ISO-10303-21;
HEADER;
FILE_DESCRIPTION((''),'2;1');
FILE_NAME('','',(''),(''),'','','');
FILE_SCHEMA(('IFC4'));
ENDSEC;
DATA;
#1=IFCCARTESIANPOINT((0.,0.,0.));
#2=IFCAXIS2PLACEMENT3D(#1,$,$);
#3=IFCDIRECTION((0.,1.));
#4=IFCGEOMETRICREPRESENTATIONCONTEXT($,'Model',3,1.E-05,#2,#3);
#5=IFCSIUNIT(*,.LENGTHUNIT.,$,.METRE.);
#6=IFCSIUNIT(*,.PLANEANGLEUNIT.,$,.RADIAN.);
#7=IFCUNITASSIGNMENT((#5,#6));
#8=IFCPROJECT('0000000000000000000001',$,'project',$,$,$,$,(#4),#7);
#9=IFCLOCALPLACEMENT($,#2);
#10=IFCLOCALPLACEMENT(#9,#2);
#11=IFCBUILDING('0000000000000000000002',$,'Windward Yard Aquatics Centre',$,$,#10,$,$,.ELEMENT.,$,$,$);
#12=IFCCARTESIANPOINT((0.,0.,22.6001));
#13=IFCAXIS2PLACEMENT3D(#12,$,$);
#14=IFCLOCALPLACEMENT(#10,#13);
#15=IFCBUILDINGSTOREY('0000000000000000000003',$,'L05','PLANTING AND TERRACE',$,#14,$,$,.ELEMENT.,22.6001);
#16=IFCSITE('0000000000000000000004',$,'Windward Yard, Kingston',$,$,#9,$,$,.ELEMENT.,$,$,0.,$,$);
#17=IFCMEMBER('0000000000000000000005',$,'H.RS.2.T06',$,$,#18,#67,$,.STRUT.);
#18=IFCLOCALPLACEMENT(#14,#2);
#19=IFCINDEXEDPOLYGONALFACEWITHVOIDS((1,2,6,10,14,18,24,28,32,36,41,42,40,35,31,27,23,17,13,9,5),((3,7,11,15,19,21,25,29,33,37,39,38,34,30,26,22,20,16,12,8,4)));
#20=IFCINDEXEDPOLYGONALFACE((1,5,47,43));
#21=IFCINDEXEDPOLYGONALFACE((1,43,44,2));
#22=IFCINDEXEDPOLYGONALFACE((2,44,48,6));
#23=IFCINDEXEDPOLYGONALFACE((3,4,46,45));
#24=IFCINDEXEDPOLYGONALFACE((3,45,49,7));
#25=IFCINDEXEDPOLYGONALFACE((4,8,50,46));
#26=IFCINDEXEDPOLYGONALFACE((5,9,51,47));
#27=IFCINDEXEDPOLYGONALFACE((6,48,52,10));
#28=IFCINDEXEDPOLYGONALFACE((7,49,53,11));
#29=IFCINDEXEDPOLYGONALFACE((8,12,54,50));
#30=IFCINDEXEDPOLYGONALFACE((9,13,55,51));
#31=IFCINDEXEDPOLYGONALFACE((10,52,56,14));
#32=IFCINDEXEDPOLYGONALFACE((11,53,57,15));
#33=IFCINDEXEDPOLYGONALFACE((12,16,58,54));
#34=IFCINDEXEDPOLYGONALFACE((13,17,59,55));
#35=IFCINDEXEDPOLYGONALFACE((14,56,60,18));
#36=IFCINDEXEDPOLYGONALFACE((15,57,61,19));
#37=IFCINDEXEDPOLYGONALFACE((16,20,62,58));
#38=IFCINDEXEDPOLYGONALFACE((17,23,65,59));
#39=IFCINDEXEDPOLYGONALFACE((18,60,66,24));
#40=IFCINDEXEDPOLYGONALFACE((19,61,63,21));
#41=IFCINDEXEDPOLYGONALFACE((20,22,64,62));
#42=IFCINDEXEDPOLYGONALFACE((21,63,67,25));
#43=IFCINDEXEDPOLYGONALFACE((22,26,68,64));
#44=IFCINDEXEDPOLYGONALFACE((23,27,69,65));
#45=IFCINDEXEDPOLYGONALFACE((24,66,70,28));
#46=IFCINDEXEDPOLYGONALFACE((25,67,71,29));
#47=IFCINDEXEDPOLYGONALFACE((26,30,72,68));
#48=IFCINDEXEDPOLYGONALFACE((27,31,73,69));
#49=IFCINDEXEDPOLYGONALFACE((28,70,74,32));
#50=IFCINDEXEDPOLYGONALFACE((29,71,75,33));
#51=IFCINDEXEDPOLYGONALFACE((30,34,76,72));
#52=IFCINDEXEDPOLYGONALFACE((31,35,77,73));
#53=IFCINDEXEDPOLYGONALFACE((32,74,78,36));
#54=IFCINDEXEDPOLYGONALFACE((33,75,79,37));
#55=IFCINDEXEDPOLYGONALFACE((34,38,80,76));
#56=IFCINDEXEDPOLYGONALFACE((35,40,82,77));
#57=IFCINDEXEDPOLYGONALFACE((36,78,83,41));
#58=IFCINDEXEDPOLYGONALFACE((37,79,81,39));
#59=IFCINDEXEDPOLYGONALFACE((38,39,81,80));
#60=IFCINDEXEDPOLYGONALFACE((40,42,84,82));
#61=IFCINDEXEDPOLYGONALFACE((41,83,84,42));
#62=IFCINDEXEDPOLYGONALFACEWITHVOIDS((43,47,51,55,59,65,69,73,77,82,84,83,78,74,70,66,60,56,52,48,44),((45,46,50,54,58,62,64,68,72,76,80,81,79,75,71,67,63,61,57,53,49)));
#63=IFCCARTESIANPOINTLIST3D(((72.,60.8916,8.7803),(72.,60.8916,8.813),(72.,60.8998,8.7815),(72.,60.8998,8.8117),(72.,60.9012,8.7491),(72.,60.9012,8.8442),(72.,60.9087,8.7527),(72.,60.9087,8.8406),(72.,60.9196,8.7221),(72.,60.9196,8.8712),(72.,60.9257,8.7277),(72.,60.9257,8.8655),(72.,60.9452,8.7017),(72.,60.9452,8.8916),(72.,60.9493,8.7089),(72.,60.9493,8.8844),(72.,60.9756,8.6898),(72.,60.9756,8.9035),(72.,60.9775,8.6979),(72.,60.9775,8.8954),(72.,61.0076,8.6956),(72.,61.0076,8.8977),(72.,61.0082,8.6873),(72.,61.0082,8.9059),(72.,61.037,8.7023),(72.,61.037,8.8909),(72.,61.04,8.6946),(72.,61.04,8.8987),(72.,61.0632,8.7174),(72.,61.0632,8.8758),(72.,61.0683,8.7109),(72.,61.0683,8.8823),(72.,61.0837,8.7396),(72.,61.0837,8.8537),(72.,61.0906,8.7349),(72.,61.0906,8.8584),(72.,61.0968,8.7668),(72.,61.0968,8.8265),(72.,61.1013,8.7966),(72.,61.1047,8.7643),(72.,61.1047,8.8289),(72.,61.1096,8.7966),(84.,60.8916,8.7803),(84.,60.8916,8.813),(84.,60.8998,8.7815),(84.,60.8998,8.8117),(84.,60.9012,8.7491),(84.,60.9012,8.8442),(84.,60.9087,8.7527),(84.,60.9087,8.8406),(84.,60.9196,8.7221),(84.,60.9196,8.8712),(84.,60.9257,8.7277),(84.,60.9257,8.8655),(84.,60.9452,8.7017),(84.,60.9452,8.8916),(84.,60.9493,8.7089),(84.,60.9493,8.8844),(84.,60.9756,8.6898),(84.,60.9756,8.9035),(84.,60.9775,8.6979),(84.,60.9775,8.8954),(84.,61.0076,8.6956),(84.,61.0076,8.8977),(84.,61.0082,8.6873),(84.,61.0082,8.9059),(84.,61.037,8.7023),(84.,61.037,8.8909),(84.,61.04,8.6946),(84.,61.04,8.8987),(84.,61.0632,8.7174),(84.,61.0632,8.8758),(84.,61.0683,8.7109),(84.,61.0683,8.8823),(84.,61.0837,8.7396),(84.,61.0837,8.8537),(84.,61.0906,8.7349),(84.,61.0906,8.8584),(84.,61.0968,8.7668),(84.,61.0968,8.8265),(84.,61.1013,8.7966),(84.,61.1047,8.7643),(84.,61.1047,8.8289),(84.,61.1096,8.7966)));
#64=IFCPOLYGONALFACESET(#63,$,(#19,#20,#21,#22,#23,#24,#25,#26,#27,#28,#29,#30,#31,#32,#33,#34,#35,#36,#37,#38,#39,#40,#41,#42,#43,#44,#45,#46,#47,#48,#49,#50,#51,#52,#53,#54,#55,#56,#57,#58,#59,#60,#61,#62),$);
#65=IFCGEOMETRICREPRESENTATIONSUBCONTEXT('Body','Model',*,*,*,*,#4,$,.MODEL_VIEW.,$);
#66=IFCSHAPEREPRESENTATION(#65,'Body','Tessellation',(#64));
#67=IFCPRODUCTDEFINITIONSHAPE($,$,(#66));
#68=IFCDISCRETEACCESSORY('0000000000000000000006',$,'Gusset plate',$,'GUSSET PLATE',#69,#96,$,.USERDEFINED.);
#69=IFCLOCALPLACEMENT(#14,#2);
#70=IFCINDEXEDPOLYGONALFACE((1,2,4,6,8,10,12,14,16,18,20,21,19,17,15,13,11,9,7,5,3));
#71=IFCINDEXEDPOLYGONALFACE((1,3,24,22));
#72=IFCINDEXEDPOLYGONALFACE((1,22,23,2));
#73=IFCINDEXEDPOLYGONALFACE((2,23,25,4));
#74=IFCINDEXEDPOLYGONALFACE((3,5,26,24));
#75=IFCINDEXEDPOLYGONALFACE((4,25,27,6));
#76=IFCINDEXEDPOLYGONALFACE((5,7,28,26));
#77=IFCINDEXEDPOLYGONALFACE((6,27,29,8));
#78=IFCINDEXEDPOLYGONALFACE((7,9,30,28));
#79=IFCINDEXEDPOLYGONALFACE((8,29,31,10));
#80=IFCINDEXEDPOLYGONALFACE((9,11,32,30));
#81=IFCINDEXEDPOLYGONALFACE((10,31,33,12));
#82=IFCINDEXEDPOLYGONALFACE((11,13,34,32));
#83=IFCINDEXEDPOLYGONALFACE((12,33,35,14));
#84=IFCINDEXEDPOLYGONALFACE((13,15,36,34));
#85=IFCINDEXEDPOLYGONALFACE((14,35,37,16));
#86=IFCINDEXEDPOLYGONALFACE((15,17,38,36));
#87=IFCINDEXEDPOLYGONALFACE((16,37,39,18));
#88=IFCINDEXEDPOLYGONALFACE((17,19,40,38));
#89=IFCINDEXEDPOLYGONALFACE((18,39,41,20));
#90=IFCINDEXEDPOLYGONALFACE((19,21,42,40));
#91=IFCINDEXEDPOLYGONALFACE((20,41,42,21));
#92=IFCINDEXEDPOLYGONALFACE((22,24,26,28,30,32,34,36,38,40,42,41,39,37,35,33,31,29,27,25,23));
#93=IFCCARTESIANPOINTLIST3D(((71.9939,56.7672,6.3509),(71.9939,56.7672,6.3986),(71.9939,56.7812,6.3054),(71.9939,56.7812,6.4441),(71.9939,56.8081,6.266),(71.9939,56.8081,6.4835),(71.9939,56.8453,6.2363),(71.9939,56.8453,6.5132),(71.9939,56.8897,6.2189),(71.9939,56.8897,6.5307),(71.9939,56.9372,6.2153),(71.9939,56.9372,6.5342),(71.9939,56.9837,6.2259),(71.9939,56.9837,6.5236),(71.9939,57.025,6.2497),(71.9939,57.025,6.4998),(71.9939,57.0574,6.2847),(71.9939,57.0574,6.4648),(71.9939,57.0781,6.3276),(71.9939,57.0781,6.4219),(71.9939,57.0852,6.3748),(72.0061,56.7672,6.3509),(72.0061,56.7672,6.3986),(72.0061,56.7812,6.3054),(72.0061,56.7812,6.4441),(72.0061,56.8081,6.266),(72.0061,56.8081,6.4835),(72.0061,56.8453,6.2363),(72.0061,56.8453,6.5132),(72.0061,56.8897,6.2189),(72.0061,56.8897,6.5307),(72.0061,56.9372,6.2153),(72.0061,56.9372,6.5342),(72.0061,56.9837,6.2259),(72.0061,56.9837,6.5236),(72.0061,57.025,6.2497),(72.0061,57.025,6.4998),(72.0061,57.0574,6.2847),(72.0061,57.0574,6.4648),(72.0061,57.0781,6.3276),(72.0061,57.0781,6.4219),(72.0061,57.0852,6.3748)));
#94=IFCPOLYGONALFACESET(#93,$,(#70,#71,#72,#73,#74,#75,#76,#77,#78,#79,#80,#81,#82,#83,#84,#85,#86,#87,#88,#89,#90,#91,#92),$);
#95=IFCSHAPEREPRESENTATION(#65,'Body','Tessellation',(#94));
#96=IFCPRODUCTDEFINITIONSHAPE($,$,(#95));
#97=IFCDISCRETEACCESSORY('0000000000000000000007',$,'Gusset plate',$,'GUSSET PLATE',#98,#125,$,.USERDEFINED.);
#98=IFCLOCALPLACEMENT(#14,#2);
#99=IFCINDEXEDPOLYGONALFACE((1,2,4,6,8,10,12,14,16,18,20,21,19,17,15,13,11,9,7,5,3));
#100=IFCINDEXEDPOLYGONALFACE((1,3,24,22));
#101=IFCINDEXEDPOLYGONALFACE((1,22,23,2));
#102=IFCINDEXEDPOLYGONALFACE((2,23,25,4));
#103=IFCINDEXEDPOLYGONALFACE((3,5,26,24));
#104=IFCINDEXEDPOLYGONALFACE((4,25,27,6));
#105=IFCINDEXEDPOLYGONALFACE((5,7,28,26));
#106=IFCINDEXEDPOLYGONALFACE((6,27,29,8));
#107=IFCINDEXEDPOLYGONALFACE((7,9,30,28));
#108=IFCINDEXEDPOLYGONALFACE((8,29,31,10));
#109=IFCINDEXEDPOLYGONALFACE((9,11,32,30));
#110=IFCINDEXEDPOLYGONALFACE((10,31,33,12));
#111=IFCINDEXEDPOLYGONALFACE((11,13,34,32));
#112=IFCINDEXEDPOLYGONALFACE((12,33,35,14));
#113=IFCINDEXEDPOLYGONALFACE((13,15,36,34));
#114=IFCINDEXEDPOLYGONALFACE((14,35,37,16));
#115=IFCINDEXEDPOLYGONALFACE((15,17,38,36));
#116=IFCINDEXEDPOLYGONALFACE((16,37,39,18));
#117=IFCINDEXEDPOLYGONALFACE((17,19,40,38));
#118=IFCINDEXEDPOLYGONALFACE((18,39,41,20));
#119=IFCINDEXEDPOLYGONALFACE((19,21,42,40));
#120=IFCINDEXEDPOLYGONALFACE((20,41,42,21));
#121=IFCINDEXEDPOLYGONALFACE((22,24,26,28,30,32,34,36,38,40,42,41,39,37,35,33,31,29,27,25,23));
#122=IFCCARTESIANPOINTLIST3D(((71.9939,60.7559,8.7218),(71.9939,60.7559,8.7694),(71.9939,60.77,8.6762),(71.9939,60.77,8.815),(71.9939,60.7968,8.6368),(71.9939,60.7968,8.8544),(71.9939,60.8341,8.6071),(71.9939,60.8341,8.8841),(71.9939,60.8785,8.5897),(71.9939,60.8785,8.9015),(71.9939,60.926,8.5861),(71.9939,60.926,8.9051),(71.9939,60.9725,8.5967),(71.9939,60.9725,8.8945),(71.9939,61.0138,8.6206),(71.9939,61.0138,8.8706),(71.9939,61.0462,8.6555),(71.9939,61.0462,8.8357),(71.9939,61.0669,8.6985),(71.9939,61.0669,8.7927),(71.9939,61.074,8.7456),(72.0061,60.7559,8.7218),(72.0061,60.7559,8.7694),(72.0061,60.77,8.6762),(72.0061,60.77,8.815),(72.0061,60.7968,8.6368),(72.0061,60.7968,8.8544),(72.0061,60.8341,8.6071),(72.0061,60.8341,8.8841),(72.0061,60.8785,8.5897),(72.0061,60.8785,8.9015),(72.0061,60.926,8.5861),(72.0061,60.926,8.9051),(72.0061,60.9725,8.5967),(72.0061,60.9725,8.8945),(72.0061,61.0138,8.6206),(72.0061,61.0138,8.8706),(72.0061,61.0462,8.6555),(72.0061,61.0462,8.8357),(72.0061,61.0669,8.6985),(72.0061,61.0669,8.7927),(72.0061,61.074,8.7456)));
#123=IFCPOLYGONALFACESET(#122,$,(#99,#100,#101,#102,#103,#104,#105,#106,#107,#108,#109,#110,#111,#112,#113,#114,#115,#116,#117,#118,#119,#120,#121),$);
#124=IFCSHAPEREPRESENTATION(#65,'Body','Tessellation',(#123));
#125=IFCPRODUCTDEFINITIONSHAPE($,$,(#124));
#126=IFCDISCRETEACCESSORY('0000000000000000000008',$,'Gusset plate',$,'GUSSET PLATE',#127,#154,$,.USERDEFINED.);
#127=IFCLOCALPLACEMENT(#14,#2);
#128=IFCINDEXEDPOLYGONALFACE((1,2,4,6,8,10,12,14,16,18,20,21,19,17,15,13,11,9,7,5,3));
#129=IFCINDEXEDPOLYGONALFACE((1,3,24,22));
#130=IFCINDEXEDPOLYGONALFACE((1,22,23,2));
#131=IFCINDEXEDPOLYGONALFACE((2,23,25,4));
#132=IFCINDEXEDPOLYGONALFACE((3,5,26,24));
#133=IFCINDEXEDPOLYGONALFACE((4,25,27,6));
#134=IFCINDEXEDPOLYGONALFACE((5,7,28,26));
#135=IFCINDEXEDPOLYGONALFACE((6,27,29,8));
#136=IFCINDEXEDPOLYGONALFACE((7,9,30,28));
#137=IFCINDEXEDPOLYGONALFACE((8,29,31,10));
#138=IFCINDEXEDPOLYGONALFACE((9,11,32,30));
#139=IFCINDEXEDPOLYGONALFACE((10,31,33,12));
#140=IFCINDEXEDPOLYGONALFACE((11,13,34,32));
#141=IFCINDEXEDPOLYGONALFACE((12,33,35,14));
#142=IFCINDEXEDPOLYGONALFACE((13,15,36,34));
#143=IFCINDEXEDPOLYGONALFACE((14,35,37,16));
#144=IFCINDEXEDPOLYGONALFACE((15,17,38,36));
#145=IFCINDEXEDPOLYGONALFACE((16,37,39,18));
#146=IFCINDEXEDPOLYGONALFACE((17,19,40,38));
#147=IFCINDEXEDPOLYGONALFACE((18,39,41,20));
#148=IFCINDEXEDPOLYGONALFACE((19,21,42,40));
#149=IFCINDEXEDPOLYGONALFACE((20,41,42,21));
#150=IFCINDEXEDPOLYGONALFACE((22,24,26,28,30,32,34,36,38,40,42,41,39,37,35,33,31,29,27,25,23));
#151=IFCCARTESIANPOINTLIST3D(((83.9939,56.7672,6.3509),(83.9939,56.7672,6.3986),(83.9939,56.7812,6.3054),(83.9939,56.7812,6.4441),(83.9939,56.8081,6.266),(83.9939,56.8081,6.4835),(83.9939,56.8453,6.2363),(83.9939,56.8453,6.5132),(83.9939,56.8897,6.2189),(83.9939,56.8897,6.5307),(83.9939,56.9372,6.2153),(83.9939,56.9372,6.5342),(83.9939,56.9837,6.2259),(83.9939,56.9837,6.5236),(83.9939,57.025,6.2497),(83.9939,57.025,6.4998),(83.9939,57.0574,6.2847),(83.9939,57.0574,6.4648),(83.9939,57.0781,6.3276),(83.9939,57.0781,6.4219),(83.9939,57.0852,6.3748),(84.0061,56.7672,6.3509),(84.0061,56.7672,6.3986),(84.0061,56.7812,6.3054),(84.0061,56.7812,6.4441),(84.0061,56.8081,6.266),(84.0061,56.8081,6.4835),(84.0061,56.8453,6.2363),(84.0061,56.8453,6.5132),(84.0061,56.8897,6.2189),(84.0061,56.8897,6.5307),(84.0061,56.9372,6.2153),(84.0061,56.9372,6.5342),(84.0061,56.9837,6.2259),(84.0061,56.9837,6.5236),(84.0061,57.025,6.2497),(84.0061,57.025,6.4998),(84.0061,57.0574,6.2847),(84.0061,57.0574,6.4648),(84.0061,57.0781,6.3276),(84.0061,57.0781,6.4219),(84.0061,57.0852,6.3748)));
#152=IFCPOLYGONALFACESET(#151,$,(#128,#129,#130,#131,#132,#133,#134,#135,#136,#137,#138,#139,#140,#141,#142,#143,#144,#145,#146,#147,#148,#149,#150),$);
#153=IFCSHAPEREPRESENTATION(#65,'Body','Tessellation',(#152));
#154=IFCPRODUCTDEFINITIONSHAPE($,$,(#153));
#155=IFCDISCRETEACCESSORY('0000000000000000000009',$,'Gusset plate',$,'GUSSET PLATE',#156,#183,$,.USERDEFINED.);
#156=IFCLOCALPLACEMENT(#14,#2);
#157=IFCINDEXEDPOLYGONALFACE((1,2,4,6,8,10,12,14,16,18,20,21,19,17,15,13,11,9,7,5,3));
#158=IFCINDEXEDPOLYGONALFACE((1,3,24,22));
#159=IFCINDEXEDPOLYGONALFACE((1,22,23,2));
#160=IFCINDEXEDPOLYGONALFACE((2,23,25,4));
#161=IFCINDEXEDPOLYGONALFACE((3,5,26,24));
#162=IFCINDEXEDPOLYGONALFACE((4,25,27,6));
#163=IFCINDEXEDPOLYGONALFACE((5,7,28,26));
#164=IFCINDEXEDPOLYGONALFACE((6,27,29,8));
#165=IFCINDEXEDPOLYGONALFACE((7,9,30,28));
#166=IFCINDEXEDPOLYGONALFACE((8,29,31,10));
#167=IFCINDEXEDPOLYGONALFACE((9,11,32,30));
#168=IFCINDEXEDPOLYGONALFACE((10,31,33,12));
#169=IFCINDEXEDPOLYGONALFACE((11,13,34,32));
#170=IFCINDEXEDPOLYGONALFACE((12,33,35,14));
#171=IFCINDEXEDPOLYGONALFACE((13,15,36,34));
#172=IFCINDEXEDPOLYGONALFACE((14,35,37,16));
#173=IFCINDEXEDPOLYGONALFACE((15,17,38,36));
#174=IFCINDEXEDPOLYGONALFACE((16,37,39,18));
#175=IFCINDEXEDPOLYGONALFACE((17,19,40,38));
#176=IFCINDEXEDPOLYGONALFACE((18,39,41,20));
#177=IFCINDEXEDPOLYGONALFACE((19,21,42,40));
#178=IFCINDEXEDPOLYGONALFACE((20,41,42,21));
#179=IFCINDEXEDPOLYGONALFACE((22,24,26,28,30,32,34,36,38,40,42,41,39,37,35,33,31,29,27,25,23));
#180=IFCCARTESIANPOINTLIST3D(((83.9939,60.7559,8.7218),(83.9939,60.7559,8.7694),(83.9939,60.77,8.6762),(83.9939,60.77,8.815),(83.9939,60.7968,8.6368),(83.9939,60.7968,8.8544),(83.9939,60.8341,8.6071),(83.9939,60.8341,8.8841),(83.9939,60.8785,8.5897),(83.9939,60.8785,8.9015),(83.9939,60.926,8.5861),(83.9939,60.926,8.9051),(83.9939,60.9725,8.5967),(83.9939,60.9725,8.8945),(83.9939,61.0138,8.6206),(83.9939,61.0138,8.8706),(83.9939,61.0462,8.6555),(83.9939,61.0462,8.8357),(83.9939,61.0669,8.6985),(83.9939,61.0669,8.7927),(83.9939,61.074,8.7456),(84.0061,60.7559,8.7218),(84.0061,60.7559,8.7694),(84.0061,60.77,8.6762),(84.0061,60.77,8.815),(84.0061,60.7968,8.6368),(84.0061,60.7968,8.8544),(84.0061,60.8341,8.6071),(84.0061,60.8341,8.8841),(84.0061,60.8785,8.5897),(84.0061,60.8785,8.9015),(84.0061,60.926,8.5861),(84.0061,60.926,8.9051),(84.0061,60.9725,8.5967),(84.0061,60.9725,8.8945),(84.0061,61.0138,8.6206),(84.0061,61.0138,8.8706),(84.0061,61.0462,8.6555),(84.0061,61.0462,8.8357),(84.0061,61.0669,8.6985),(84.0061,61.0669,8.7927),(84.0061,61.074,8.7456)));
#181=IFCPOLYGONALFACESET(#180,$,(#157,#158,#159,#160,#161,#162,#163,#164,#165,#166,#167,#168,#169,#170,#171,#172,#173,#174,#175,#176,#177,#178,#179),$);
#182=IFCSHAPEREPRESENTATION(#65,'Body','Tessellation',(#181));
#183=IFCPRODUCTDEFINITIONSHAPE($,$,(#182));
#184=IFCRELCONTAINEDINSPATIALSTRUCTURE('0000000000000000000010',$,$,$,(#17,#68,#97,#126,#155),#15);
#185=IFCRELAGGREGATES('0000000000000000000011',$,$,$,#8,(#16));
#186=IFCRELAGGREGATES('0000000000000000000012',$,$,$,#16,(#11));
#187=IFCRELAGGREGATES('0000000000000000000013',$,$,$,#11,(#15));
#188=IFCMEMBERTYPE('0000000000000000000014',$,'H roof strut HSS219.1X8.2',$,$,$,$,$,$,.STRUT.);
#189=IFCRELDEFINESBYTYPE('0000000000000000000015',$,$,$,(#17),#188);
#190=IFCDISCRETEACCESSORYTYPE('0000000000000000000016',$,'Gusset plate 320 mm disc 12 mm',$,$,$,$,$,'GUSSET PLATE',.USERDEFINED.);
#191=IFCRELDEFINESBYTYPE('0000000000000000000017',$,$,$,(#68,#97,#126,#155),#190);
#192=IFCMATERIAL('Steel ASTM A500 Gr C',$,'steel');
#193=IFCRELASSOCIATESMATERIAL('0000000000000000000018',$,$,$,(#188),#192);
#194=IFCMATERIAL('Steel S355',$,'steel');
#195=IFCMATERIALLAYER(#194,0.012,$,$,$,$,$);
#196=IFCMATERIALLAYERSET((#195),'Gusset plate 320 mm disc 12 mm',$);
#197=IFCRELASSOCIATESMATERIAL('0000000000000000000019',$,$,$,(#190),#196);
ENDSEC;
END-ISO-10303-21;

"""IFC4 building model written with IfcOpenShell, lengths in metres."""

from ifc_helpers import new_model, si_unit, direction, frame, origin, origin_2d, place, context, subcontext, project, spatial, circle, hollow_circle, extrude, material, layer, layer_set, material_profile, profile_set, type_object, element, save


model = new_model("IFC4")

# Units and contexts
model_context = context("Model", 3, precision=1e-05, world=origin(), true_north=direction((0.0, 1.0)))
body_context = subcontext(model_context, "Body", "Model", "MODEL_VIEW")
ifc_project = project(units=[si_unit("LENGTHUNIT", "METRE"), si_unit("PLANEANGLEUNIT", "RADIAN")], contexts=[model_context])

# Site, building, storey
site_placement = place(None, origin())
site = spatial("IfcSite", under=ifc_project, at=site_placement, Name="Windward Yard, Kingston", CompositionType="ELEMENT", RefElevation=0.0)
building_placement = place(site_placement, origin())
building = spatial("IfcBuilding", under=site, at=building_placement, Name="Windward Yard Aquatics Centre", CompositionType="ELEMENT")
storey_placement = place(building_placement, frame((0.0, 0.0, 22.6001)))
storey = spatial("IfcBuildingStorey", under=building, at=storey_placement, Name="L05", Description="PLANTING AND TERRACE", CompositionType="ELEMENT", Elevation=22.6001)

# Member
ifc_material_1 = material(Name="Steel ASTM A500 Gr C", Category="steel")
ifc_material_profile_1 = material_profile(ifc_material_1, hollow_circle(Radius=0.1096, WallThickness=0.0083, at=origin_2d()), Name="HSS219.1X8.2")
ifc_profile_set_1 = profile_set([ifc_material_profile_1], Name="Steel ASTM A500 Gr C")
member_type_1 = type_object("IfcMemberType", Name="H roof strut HSS219.1X8.2", PredefinedType="STRUT", material=ifc_profile_set_1)
member_1_placement = place(storey_placement, frame((72.0, 61.0, 8.7966), z_axis=(1.0, 0.0, 0.0), x_axis=(0.0, 1.0, 0.0)))
element("IfcMember", 1, at=member_1_placement, inside=storey, type_object=member_type_1, Name="H.RS.2.T06", PredefinedType="STRUT", context=body_context, shape_type="SweptSolid", body=[
    extrude(hollow_circle(Radius=0.1096, WallThickness=0.0083, at=origin_2d()), origin(), (0.0, 0.0, 1.0), 12.0),
])

# Discrete accessories
ifc_material_2 = material(Name="Steel S355", Category="steel")
ifc_layer = layer(ifc_material_2, 0.012)
ifc_layer_set = layer_set([ifc_layer], Name="Gusset plate 320 mm disc 12 mm")
discrete_accessory_type = type_object("IfcDiscreteAccessoryType", Name="Gusset plate 320 mm disc 12 mm", ElementType="GUSSET PLATE", PredefinedType="USERDEFINED", material=ifc_layer_set)
for number, where, z_axis, x_axis, name in (
    (2, (71.9939, 56.9253, 6.3748), (1.0, 0.0, 0.0), (0.0, 1.0, 0.0), "Gusset plate"),
    (3, (71.9939, 60.9141, 8.7456), (1.0, 0.0, 0.0), (0.0, 1.0, 0.0), "Gusset plate"),
    (4, (83.9939, 56.9253, 6.3748), (1.0, 0.0, 0.0), (0.0, 1.0, 0.0), "Gusset plate"),
    (5, (83.9939, 60.9141, 8.7456), (1.0, 0.0, 0.0), (0.0, 1.0, 0.0), "Gusset plate"),
):
    element("IfcDiscreteAccessory", number, at=place(storey_placement, frame(where, z_axis=z_axis, x_axis=x_axis)), inside=storey, type_object=discrete_accessory_type, Name=name, ObjectType="GUSSET PLATE", PredefinedType="USERDEFINED", context=body_context, shape_type="SweptSolid", body=[
        extrude(circle(Radius=0.1599, at=origin_2d()), origin(), (0.0, 0.0, 1.0), 0.0122),
    ])

save(model, "model.ifc")
